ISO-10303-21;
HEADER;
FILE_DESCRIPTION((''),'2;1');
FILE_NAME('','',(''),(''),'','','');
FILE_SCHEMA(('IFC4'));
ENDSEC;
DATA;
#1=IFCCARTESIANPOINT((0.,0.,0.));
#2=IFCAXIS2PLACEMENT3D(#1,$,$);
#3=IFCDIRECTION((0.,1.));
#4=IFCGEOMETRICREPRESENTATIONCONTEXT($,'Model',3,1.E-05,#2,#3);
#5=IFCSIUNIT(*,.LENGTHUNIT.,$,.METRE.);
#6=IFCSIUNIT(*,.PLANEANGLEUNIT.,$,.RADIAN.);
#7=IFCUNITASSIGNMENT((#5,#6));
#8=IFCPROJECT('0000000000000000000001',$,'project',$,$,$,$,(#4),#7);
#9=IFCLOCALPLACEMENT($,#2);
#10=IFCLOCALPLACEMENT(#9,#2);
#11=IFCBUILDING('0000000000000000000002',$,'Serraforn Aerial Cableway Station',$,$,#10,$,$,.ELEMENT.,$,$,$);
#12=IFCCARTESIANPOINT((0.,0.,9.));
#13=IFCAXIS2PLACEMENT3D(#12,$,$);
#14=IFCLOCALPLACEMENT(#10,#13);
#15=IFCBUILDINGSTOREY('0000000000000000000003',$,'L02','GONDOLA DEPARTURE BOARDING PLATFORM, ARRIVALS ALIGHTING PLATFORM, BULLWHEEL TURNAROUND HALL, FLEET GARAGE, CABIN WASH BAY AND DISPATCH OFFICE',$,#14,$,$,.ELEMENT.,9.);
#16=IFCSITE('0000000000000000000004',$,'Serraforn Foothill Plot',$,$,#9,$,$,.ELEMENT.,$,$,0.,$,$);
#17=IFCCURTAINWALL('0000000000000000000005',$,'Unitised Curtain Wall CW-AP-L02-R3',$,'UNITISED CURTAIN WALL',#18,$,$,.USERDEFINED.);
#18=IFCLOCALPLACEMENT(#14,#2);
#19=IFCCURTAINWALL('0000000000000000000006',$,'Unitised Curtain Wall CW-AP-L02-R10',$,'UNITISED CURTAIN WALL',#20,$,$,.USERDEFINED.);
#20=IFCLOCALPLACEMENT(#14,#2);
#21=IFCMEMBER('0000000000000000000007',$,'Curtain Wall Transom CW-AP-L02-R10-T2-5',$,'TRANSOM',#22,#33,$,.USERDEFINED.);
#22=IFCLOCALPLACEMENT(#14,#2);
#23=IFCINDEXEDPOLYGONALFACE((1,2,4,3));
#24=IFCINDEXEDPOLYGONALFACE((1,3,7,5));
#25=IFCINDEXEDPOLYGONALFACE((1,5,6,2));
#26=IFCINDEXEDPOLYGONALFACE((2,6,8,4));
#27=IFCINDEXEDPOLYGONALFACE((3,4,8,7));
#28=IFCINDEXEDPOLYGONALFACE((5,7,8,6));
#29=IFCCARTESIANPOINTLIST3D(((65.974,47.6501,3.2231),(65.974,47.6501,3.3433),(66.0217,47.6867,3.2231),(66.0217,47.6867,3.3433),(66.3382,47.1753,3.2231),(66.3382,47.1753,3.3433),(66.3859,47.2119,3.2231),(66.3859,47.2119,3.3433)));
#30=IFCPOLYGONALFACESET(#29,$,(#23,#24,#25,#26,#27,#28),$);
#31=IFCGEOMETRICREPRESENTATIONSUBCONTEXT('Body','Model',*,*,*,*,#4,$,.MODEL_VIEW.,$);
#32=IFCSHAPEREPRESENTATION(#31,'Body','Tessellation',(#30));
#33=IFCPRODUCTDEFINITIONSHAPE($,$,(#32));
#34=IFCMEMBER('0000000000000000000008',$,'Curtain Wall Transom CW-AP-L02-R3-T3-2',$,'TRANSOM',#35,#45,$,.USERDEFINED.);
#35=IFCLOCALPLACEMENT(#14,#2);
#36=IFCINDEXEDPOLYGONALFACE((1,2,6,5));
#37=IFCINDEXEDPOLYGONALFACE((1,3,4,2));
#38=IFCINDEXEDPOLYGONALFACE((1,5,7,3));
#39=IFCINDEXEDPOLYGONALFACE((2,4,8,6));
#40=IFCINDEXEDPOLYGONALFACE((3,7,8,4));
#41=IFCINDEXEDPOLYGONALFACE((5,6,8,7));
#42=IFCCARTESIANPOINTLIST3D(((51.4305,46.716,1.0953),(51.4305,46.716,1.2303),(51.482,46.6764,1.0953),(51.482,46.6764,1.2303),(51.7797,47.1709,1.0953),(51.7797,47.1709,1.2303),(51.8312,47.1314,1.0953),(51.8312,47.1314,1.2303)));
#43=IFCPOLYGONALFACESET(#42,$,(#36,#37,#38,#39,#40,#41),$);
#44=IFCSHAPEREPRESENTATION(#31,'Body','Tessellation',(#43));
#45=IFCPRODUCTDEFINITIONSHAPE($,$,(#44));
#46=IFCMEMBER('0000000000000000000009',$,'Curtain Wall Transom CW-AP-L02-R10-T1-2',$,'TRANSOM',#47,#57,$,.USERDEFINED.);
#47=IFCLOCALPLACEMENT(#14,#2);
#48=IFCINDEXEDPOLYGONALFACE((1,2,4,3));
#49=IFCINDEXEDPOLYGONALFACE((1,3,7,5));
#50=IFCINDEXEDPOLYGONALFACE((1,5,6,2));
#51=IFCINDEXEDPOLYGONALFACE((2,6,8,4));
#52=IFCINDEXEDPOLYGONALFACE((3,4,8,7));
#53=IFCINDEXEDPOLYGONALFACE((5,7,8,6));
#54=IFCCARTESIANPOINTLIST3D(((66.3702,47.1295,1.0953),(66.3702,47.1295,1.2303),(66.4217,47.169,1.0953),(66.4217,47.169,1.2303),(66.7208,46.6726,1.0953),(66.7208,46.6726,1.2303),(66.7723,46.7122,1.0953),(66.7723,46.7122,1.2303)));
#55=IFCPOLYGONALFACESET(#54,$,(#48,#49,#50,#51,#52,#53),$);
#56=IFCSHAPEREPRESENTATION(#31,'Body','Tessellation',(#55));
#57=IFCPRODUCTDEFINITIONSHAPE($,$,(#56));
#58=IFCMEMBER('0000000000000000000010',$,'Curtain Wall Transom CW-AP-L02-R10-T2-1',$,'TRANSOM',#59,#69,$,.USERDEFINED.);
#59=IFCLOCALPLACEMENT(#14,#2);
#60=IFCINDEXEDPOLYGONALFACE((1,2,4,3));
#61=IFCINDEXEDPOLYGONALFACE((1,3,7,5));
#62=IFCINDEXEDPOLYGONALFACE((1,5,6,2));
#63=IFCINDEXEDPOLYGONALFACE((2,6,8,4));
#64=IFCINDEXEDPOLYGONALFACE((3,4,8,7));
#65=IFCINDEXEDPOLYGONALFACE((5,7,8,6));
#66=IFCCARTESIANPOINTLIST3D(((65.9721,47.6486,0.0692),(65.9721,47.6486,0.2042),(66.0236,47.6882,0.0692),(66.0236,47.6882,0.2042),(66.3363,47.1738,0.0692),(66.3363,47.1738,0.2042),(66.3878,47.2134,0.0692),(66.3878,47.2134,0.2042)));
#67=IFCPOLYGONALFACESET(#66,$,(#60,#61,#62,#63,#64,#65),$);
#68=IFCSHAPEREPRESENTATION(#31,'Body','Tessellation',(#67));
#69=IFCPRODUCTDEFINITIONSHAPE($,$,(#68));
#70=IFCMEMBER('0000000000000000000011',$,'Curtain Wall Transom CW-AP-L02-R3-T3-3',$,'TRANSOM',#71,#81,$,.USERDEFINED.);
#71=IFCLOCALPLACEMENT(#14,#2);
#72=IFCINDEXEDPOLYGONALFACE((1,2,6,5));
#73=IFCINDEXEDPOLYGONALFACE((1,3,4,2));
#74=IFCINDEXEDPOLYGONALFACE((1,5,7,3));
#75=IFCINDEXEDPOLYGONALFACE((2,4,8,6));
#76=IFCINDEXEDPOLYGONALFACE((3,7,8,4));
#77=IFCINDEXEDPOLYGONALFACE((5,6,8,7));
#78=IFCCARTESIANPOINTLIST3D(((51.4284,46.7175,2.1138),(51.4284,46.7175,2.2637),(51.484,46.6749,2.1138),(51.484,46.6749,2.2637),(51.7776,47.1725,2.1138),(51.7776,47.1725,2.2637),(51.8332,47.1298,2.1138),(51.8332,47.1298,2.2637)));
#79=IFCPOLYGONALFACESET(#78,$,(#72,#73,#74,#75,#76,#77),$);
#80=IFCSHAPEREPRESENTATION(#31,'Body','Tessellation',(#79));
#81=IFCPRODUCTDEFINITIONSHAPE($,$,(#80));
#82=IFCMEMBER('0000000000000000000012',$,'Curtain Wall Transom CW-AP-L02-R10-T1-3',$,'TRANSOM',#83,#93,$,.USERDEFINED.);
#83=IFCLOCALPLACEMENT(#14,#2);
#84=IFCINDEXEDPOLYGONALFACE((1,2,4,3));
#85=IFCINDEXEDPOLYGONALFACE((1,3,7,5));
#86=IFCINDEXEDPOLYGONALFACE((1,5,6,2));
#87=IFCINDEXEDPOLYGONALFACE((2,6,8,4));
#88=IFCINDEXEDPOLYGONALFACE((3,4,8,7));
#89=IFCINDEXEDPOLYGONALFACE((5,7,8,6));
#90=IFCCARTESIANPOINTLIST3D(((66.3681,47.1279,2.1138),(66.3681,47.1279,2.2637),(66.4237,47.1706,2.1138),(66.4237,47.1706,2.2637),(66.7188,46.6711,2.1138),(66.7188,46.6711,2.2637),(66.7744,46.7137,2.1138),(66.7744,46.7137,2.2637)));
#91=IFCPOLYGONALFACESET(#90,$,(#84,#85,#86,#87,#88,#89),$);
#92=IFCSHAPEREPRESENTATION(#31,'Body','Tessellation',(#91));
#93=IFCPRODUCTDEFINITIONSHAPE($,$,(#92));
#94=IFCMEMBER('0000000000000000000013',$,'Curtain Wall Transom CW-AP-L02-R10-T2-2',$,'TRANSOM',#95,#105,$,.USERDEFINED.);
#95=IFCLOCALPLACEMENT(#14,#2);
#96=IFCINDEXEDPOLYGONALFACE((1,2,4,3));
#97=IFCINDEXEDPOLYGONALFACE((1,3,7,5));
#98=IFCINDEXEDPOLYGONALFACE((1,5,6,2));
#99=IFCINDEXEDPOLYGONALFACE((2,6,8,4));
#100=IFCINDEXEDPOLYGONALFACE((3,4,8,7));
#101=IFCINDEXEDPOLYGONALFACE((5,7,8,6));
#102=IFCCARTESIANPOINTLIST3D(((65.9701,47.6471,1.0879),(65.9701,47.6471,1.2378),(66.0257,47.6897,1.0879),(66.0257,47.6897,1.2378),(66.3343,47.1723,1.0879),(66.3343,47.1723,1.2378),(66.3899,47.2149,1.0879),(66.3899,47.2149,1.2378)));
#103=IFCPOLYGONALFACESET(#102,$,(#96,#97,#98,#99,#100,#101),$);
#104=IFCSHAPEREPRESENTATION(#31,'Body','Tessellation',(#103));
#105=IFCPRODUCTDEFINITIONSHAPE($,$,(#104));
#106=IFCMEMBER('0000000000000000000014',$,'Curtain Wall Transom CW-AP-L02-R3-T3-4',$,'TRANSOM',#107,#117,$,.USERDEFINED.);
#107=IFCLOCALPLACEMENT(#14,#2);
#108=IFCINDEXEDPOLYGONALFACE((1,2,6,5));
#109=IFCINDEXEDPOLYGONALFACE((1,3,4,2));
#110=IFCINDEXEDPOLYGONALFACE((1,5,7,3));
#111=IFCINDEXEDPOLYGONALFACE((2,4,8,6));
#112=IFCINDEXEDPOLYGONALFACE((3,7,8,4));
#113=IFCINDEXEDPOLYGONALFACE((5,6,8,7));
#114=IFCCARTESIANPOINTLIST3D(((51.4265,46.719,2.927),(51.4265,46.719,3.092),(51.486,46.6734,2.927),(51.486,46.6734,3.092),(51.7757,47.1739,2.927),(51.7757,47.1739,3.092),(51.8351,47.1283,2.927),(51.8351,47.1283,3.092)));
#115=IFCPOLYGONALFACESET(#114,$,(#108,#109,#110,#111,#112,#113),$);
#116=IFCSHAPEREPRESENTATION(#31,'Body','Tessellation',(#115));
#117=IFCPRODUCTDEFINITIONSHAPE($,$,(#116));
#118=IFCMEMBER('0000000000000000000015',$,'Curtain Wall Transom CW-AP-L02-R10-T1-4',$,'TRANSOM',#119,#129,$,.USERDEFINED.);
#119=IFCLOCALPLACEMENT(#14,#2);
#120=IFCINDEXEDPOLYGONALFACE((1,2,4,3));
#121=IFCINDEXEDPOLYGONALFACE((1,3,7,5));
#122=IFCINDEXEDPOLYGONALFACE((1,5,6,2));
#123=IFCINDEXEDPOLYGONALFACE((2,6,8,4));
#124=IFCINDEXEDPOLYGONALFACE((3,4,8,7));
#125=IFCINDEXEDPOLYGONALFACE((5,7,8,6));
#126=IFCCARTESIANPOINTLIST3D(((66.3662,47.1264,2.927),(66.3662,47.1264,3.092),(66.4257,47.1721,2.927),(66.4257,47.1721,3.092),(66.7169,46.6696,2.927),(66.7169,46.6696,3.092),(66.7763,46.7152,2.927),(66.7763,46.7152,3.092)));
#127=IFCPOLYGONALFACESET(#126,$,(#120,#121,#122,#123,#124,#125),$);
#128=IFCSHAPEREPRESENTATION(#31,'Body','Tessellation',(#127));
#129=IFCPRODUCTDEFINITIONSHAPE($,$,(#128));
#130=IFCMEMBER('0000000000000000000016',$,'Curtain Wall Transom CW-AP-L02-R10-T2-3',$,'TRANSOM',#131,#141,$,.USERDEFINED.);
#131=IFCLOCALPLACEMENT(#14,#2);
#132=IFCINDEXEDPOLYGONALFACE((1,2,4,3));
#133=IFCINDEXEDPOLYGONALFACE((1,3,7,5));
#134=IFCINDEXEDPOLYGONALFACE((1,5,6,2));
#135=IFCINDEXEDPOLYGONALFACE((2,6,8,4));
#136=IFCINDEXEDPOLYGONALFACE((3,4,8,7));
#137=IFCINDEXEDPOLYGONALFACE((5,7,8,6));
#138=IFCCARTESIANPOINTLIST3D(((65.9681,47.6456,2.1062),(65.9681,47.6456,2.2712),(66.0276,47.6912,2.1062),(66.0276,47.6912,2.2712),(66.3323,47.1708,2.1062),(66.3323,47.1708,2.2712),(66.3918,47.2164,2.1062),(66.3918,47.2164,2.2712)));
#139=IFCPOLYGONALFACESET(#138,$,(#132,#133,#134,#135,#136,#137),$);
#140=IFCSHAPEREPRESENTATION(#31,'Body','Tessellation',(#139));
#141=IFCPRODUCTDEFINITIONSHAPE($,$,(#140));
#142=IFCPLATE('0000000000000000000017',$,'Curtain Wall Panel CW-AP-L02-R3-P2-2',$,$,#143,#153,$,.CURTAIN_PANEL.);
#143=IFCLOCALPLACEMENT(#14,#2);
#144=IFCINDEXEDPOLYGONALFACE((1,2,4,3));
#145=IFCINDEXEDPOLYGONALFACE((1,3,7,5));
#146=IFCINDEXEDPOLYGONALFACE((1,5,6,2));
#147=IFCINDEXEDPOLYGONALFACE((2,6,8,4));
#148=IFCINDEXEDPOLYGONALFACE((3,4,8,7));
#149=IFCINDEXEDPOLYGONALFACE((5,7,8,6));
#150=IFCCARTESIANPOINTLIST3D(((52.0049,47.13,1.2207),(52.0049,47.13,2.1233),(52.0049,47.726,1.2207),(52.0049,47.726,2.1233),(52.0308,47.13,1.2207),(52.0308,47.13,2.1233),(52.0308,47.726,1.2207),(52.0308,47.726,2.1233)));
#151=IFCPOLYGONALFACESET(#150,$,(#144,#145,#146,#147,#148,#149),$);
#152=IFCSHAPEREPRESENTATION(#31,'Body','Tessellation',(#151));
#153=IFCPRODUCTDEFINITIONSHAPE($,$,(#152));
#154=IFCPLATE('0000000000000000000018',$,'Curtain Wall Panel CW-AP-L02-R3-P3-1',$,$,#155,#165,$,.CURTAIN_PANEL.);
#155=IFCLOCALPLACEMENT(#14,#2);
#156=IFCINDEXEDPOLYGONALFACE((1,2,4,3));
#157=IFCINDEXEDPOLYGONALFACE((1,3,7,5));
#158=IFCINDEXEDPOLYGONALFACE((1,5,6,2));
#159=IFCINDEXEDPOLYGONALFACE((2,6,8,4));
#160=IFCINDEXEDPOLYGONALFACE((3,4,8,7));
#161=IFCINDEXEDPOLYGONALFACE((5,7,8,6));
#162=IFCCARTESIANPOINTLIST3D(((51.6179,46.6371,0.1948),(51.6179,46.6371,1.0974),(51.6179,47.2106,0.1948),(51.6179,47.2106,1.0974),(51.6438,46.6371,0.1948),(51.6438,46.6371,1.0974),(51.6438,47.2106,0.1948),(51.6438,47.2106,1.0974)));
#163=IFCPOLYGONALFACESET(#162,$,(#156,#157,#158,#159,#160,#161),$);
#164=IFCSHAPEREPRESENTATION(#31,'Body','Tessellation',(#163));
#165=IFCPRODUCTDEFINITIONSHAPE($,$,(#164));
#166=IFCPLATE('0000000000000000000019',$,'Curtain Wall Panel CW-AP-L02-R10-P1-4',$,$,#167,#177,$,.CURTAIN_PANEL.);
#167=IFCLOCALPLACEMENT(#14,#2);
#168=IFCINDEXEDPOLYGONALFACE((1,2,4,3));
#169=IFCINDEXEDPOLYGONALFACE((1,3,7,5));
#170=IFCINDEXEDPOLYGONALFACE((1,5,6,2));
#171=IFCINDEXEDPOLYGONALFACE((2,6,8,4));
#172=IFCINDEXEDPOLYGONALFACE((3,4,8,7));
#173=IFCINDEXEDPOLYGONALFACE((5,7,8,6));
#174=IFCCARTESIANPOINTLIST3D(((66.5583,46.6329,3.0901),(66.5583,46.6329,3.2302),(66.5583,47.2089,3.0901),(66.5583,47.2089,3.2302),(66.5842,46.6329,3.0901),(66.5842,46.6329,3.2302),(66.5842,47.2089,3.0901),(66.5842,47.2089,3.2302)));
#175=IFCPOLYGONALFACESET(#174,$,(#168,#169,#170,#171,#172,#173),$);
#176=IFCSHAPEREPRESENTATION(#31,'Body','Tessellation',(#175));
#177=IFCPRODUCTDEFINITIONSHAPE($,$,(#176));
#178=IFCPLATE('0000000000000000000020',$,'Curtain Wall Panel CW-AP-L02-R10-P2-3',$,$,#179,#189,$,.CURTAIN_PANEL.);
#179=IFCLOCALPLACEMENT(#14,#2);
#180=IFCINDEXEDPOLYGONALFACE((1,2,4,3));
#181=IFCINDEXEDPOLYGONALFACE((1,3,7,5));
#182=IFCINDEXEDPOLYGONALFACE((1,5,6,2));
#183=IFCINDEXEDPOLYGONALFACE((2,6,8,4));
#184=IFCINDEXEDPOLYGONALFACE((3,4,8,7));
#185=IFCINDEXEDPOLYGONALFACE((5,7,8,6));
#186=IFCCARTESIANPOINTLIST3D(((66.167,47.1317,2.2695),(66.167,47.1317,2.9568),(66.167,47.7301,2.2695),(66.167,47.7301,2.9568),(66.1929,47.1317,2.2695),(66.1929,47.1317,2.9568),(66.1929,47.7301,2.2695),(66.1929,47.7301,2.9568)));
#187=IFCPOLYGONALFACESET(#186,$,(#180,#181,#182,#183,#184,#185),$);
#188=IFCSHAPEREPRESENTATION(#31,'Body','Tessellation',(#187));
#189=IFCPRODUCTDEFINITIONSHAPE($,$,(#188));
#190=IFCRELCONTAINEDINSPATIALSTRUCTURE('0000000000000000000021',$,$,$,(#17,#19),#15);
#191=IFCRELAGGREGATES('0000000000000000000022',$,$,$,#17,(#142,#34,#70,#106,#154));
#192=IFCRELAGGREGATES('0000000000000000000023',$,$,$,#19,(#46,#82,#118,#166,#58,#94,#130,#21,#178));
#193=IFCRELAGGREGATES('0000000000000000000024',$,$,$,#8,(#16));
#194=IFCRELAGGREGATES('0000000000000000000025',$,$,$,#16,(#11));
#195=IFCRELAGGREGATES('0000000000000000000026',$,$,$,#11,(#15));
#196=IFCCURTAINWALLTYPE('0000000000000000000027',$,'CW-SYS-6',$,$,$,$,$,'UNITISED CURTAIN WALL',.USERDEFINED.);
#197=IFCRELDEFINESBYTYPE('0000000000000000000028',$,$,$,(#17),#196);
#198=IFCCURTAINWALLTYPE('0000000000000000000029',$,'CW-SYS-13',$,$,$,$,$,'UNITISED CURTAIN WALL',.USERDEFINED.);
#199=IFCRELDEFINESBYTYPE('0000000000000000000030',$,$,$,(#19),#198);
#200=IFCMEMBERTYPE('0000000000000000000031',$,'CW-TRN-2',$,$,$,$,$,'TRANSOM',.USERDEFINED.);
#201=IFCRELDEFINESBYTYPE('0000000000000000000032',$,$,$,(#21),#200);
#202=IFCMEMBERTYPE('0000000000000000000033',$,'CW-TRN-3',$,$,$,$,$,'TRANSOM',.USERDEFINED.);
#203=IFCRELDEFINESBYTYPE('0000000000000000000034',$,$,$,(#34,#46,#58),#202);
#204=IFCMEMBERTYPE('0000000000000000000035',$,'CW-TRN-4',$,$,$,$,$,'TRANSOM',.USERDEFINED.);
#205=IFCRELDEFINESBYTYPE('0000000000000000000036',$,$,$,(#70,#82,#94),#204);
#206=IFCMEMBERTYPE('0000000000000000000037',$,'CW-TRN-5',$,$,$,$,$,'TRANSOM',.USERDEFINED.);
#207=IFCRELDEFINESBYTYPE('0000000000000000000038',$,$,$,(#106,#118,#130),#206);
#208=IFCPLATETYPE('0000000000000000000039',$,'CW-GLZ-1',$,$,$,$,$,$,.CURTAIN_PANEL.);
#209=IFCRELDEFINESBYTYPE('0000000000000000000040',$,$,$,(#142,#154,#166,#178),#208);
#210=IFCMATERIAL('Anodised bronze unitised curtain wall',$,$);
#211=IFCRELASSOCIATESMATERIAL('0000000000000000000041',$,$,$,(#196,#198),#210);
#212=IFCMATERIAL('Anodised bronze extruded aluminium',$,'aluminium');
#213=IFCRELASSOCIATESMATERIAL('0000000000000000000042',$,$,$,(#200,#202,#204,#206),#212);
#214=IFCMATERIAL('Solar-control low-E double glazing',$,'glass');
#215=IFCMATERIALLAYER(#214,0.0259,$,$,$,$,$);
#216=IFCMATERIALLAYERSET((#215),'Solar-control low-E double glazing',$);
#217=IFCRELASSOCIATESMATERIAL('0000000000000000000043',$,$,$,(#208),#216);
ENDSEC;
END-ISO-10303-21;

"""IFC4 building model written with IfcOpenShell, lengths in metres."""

from ifc_helpers import new_model, si_unit, direction, frame, origin, origin_2d, place, context, subcontext, project, spatial, rectangle, extrude, material, layer, layer_set, material_profile, profile_set, type_object, element, aggregate, save


model = new_model("IFC4")

# Units and contexts
model_context = context("Model", 3, precision=1e-05, world=origin(), true_north=direction((0.0, 1.0)))
body_context = subcontext(model_context, "Body", "Model", "MODEL_VIEW")
ifc_project = project(units=[si_unit("LENGTHUNIT", "METRE"), si_unit("PLANEANGLEUNIT", "RADIAN")], contexts=[model_context])

# Site, building, storey
site_placement = place(None, origin())
site = spatial("IfcSite", under=ifc_project, at=site_placement, Name="Serraforn Foothill Plot", CompositionType="ELEMENT", RefElevation=0.0)
building_placement = place(site_placement, origin())
building = spatial("IfcBuilding", under=site, at=building_placement, Name="Serraforn Aerial Cableway Station", CompositionType="ELEMENT")
storey_placement = place(building_placement, frame((0.0, 0.0, 9.0)))
storey = spatial("IfcBuildingStorey", under=building, at=storey_placement, Name="L02", Description="GONDOLA DEPARTURE BOARDING PLATFORM, ARRIVALS ALIGHTING PLATFORM, BULLWHEEL TURNAROUND HALL, FLEET GARAGE, CABIN WASH BAY AND DISPATCH OFFICE", CompositionType="ELEMENT", Elevation=9.0)

# Curtain walls
ifc_material_1 = material(Name="Anodised bronze unitised curtain wall")
curtain_wall_type_1 = type_object("IfcCurtainWallType", Name="CW-SYS-6", ElementType="UNITISED CURTAIN WALL", PredefinedType="USERDEFINED", material=ifc_material_1)
curtain_wall_1_placement = place(storey_placement, origin())
curtain_wall_1 = element("IfcCurtainWall", 1, at=curtain_wall_1_placement, inside=storey, type_object=curtain_wall_type_1, Name="Unitised Curtain Wall CW-AP-L02-R3", ObjectType="UNITISED CURTAIN WALL", PredefinedType="USERDEFINED")
ifc_material_2 = material(Name="Anodised bronze extruded aluminium", Category="aluminium")
curtain_wall_type_2 = type_object("IfcCurtainWallType", Name="CW-SYS-13", ElementType="UNITISED CURTAIN WALL", PredefinedType="USERDEFINED", material=ifc_material_1)
curtain_wall_2_placement = place(storey_placement, origin())
curtain_wall_2 = element("IfcCurtainWall", 2, at=curtain_wall_2_placement, inside=storey, type_object=curtain_wall_type_2, Name="Unitised Curtain Wall CW-AP-L02-R10", ObjectType="UNITISED CURTAIN WALL", PredefinedType="USERDEFINED")

# Members
ifc_material_profile_1 = material_profile(ifc_material_2, rectangle(XDim=0.0601, YDim=0.1201, at=origin_2d()), Name="CW TRANSOM 60x120")
ifc_profile_set_1 = profile_set([ifc_material_profile_1], Name="Anodised bronze extruded aluminium")
member_type_1 = type_object("IfcMemberType", Name="CW-TRN-2", ElementType="TRANSOM", PredefinedType="USERDEFINED", material=ifc_profile_set_1)
member_1_placement = place(storey_placement, frame((66.3621, 47.1936, 3.2832), z_axis=(-0.608646, 0.793442, 0.0), x_axis=(-0.793442, -0.608646, 0.0)))
member_1 = element("IfcMember", 3, at=member_1_placement, type_object=member_type_1, Name="Curtain Wall Transom CW-AP-L02-R10-T2-5", ObjectType="TRANSOM", PredefinedType="USERDEFINED", context=body_context, shape_type="SweptSolid", body=[
    extrude(rectangle(XDim=0.0601, YDim=0.1201, at=origin_2d()), origin(), (0.0, 0.0, 1.0), 0.5984),
])
ifc_material_profile_2 = material_profile(ifc_material_2, rectangle(XDim=0.0649, YDim=0.135, at=origin_2d()), Name="CW TRANSOM 65x135")
ifc_profile_set_2 = profile_set([ifc_material_profile_2], Name="Anodised bronze extruded aluminium")
member_type_2 = type_object("IfcMemberType", Name="CW-TRN-3", ElementType="TRANSOM", PredefinedType="USERDEFINED", material=ifc_profile_set_2)
member_2_placement = place(storey_placement, frame((51.8054, 47.1511, 1.1628), z_axis=(-0.608887, -0.793257, 0.0), x_axis=(0.793257, -0.608887, 0.0)))
member_2 = element("IfcMember", 4, at=member_2_placement, type_object=member_type_2, Name="Curtain Wall Transom CW-AP-L02-R3-T3-2", ObjectType="TRANSOM", PredefinedType="USERDEFINED", context=body_context, shape_type="SweptSolid", body=[
    extrude(rectangle(XDim=0.0649, YDim=0.135, at=origin_2d()), origin(), (0.0, 0.0, 1.0), 0.5735),
])
member_3_placement = place(storey_placement, frame((66.7466, 46.6924, 1.1628), z_axis=(-0.60885, 0.793286, 0.0), x_axis=(-0.793286, -0.60885, 0.0)))
member_3 = element("IfcMember", 5, at=member_3_placement, type_object=member_type_2, Name="Curtain Wall Transom CW-AP-L02-R10-T1-2", ObjectType="TRANSOM", PredefinedType="USERDEFINED", context=body_context, shape_type="SweptSolid", body=[
    extrude(rectangle(XDim=0.0649, YDim=0.135, at=origin_2d()), origin(), (0.0, 0.0, 1.0), 0.5759),
])
member_4_placement = place(storey_placement, frame((66.3621, 47.1936, 0.1367), z_axis=(-0.608646, 0.793442, 0.0), x_axis=(-0.793442, -0.608646, 0.0)))
member_4 = element("IfcMember", 6, at=member_4_placement, type_object=member_type_2, Name="Curtain Wall Transom CW-AP-L02-R10-T2-1", ObjectType="TRANSOM", PredefinedType="USERDEFINED", context=body_context, shape_type="SweptSolid", body=[
    extrude(rectangle(XDim=0.0649, YDim=0.135, at=origin_2d()), origin(), (0.0, 0.0, 1.0), 0.5984),
])
ifc_material_profile_3 = material_profile(ifc_material_2, rectangle(XDim=0.0701, YDim=0.1499, at=origin_2d()), Name="CW TRANSOM 70x150")
ifc_profile_set_3 = profile_set([ifc_material_profile_3], Name="Anodised bronze extruded aluminium")
member_type_3 = type_object("IfcMemberType", Name="CW-TRN-4", ElementType="TRANSOM", PredefinedType="USERDEFINED", material=ifc_profile_set_3)
member_5_placement = place(storey_placement, frame((51.8054, 47.1511, 2.1887), z_axis=(-0.608887, -0.793257, 0.0), x_axis=(0.793257, -0.608887, 0.0)))
member_5 = element("IfcMember", 7, at=member_5_placement, type_object=member_type_3, Name="Curtain Wall Transom CW-AP-L02-R3-T3-3", ObjectType="TRANSOM", PredefinedType="USERDEFINED", context=body_context, shape_type="SweptSolid", body=[
    extrude(rectangle(XDim=0.0701, YDim=0.1499, at=origin_2d()), origin(), (0.0, 0.0, 1.0), 0.5735),
])
member_6_placement = place(storey_placement, frame((66.7466, 46.6924, 2.1887), z_axis=(-0.60885, 0.793286, 0.0), x_axis=(-0.793286, -0.60885, 0.0)))
member_6 = element("IfcMember", 8, at=member_6_placement, type_object=member_type_3, Name="Curtain Wall Transom CW-AP-L02-R10-T1-3", ObjectType="TRANSOM", PredefinedType="USERDEFINED", context=body_context, shape_type="SweptSolid", body=[
    extrude(rectangle(XDim=0.0701, YDim=0.1499, at=origin_2d()), origin(), (0.0, 0.0, 1.0), 0.5759),
])
member_7_placement = place(storey_placement, frame((66.3621, 47.1936, 1.1628), z_axis=(-0.608646, 0.793442, 0.0), x_axis=(-0.793442, -0.608646, 0.0)))
member_7 = element("IfcMember", 9, at=member_7_placement, type_object=member_type_3, Name="Curtain Wall Transom CW-AP-L02-R10-T2-2", ObjectType="TRANSOM", PredefinedType="USERDEFINED", context=body_context, shape_type="SweptSolid", body=[
    extrude(rectangle(XDim=0.0701, YDim=0.1499, at=origin_2d()), origin(), (0.0, 0.0, 1.0), 0.5984),
])
ifc_material_profile_4 = material_profile(ifc_material_2, rectangle(XDim=0.075, YDim=0.165, at=origin_2d()), Name="CW TRANSOM 75x165")
ifc_profile_set_4 = profile_set([ifc_material_profile_4], Name="Anodised bronze extruded aluminium")
member_type_4 = type_object("IfcMemberType", Name="CW-TRN-5", ElementType="TRANSOM", PredefinedType="USERDEFINED", material=ifc_profile_set_4)
member_8_placement = place(storey_placement, frame((51.8054, 47.1511, 3.0095), z_axis=(-0.608887, -0.793257, 0.0), x_axis=(0.793257, -0.608887, 0.0)))
member_8 = element("IfcMember", 10, at=member_8_placement, type_object=member_type_4, Name="Curtain Wall Transom CW-AP-L02-R3-T3-4", ObjectType="TRANSOM", PredefinedType="USERDEFINED", context=body_context, shape_type="SweptSolid", body=[
    extrude(rectangle(XDim=0.075, YDim=0.165, at=origin_2d()), origin(), (0.0, 0.0, 1.0), 0.5735),
])
member_9_placement = place(storey_placement, frame((66.7466, 46.6924, 3.0095), z_axis=(-0.60885, 0.793286, 0.0), x_axis=(-0.793286, -0.60885, 0.0)))
member_9 = element("IfcMember", 11, at=member_9_placement, type_object=member_type_4, Name="Curtain Wall Transom CW-AP-L02-R10-T1-4", ObjectType="TRANSOM", PredefinedType="USERDEFINED", context=body_context, shape_type="SweptSolid", body=[
    extrude(rectangle(XDim=0.075, YDim=0.165, at=origin_2d()), origin(), (0.0, 0.0, 1.0), 0.5759),
])
member_10_placement = place(storey_placement, frame((66.3621, 47.1936, 2.1887), z_axis=(-0.608646, 0.793442, 0.0), x_axis=(-0.793442, -0.608646, 0.0)))
member_10 = element("IfcMember", 12, at=member_10_placement, type_object=member_type_4, Name="Curtain Wall Transom CW-AP-L02-R10-T2-3", ObjectType="TRANSOM", PredefinedType="USERDEFINED", context=body_context, shape_type="SweptSolid", body=[
    extrude(rectangle(XDim=0.075, YDim=0.165, at=origin_2d()), origin(), (0.0, 0.0, 1.0), 0.5984),
])

# Plates
ifc_material_3 = material(Name="Solar-control low-E double glazing", Category="glass")
ifc_layer_1 = layer(ifc_material_3, 0.0259)
ifc_layer_set_1 = layer_set([ifc_layer_1], Name="Solar-control low-E double glazing")
plate_type_1 = type_object("IfcPlateType", Name="CW-GLZ-1", PredefinedType="CURTAIN_PANEL", material=ifc_layer_set_1)
plate_1_placement = place(storey_placement, frame((52.0178, 47.428, 1.2207), z_axis=(0.0, 0.0, 1.0), x_axis=(1.0, 0.0, 0.0)))
plate_1 = element("IfcPlate", 13, at=plate_1_placement, type_object=plate_type_1, Name="Curtain Wall Panel CW-AP-L02-R3-P2-2", PredefinedType="CURTAIN_PANEL", context=body_context, shape_type="SweptSolid", body=[
    extrude(rectangle(XDim=0.0259, YDim=0.5959, at=origin_2d()), origin(), (0.0, 0.0, 1.0), 0.9026),
])
plate_2_placement = place(storey_placement, frame((51.6309, 46.9238, 0.1948), z_axis=(0.0, 0.0, 1.0), x_axis=(1.0, 0.0, 0.0)))
plate_2 = element("IfcPlate", 14, at=plate_2_placement, type_object=plate_type_1, Name="Curtain Wall Panel CW-AP-L02-R3-P3-1", PredefinedType="CURTAIN_PANEL", context=body_context, shape_type="SweptSolid", body=[
    extrude(rectangle(XDim=0.0259, YDim=0.5735, at=origin_2d()), origin(), (0.0, 0.0, 1.0), 0.9026),
])
plate_3_placement = place(storey_placement, frame((66.5713, 46.9209, 3.0901), z_axis=(0.0, 0.0, 1.0), x_axis=(1.0, 0.0, 0.0)))
plate_3 = element("IfcPlate", 15, at=plate_3_placement, type_object=plate_type_1, Name="Curtain Wall Panel CW-AP-L02-R10-P1-4", PredefinedType="CURTAIN_PANEL", context=body_context, shape_type="SweptSolid", body=[
    extrude(rectangle(XDim=0.0259, YDim=0.5759, at=origin_2d()), origin(), (0.0, 0.0, 1.0), 0.1401),
])
plate_4_placement = place(storey_placement, frame((66.1799, 47.4309, 2.2695), z_axis=(0.0, 0.0, 1.0), x_axis=(1.0, 0.0, 0.0)))
plate_4 = element("IfcPlate", 16, at=plate_4_placement, type_object=plate_type_1, Name="Curtain Wall Panel CW-AP-L02-R10-P2-3", PredefinedType="CURTAIN_PANEL", context=body_context, shape_type="SweptSolid", body=[
    extrude(rectangle(XDim=0.0259, YDim=0.5984, at=origin_2d()), origin(), (0.0, 0.0, 1.0), 0.6873),
])
aggregate(curtain_wall_1, [plate_1, member_2, member_5, member_8, plate_2])
aggregate(curtain_wall_2, [member_3, member_6, member_9, plate_3, member_4, member_7, member_10, member_1, plate_4])

save(model, "model.ifc")
